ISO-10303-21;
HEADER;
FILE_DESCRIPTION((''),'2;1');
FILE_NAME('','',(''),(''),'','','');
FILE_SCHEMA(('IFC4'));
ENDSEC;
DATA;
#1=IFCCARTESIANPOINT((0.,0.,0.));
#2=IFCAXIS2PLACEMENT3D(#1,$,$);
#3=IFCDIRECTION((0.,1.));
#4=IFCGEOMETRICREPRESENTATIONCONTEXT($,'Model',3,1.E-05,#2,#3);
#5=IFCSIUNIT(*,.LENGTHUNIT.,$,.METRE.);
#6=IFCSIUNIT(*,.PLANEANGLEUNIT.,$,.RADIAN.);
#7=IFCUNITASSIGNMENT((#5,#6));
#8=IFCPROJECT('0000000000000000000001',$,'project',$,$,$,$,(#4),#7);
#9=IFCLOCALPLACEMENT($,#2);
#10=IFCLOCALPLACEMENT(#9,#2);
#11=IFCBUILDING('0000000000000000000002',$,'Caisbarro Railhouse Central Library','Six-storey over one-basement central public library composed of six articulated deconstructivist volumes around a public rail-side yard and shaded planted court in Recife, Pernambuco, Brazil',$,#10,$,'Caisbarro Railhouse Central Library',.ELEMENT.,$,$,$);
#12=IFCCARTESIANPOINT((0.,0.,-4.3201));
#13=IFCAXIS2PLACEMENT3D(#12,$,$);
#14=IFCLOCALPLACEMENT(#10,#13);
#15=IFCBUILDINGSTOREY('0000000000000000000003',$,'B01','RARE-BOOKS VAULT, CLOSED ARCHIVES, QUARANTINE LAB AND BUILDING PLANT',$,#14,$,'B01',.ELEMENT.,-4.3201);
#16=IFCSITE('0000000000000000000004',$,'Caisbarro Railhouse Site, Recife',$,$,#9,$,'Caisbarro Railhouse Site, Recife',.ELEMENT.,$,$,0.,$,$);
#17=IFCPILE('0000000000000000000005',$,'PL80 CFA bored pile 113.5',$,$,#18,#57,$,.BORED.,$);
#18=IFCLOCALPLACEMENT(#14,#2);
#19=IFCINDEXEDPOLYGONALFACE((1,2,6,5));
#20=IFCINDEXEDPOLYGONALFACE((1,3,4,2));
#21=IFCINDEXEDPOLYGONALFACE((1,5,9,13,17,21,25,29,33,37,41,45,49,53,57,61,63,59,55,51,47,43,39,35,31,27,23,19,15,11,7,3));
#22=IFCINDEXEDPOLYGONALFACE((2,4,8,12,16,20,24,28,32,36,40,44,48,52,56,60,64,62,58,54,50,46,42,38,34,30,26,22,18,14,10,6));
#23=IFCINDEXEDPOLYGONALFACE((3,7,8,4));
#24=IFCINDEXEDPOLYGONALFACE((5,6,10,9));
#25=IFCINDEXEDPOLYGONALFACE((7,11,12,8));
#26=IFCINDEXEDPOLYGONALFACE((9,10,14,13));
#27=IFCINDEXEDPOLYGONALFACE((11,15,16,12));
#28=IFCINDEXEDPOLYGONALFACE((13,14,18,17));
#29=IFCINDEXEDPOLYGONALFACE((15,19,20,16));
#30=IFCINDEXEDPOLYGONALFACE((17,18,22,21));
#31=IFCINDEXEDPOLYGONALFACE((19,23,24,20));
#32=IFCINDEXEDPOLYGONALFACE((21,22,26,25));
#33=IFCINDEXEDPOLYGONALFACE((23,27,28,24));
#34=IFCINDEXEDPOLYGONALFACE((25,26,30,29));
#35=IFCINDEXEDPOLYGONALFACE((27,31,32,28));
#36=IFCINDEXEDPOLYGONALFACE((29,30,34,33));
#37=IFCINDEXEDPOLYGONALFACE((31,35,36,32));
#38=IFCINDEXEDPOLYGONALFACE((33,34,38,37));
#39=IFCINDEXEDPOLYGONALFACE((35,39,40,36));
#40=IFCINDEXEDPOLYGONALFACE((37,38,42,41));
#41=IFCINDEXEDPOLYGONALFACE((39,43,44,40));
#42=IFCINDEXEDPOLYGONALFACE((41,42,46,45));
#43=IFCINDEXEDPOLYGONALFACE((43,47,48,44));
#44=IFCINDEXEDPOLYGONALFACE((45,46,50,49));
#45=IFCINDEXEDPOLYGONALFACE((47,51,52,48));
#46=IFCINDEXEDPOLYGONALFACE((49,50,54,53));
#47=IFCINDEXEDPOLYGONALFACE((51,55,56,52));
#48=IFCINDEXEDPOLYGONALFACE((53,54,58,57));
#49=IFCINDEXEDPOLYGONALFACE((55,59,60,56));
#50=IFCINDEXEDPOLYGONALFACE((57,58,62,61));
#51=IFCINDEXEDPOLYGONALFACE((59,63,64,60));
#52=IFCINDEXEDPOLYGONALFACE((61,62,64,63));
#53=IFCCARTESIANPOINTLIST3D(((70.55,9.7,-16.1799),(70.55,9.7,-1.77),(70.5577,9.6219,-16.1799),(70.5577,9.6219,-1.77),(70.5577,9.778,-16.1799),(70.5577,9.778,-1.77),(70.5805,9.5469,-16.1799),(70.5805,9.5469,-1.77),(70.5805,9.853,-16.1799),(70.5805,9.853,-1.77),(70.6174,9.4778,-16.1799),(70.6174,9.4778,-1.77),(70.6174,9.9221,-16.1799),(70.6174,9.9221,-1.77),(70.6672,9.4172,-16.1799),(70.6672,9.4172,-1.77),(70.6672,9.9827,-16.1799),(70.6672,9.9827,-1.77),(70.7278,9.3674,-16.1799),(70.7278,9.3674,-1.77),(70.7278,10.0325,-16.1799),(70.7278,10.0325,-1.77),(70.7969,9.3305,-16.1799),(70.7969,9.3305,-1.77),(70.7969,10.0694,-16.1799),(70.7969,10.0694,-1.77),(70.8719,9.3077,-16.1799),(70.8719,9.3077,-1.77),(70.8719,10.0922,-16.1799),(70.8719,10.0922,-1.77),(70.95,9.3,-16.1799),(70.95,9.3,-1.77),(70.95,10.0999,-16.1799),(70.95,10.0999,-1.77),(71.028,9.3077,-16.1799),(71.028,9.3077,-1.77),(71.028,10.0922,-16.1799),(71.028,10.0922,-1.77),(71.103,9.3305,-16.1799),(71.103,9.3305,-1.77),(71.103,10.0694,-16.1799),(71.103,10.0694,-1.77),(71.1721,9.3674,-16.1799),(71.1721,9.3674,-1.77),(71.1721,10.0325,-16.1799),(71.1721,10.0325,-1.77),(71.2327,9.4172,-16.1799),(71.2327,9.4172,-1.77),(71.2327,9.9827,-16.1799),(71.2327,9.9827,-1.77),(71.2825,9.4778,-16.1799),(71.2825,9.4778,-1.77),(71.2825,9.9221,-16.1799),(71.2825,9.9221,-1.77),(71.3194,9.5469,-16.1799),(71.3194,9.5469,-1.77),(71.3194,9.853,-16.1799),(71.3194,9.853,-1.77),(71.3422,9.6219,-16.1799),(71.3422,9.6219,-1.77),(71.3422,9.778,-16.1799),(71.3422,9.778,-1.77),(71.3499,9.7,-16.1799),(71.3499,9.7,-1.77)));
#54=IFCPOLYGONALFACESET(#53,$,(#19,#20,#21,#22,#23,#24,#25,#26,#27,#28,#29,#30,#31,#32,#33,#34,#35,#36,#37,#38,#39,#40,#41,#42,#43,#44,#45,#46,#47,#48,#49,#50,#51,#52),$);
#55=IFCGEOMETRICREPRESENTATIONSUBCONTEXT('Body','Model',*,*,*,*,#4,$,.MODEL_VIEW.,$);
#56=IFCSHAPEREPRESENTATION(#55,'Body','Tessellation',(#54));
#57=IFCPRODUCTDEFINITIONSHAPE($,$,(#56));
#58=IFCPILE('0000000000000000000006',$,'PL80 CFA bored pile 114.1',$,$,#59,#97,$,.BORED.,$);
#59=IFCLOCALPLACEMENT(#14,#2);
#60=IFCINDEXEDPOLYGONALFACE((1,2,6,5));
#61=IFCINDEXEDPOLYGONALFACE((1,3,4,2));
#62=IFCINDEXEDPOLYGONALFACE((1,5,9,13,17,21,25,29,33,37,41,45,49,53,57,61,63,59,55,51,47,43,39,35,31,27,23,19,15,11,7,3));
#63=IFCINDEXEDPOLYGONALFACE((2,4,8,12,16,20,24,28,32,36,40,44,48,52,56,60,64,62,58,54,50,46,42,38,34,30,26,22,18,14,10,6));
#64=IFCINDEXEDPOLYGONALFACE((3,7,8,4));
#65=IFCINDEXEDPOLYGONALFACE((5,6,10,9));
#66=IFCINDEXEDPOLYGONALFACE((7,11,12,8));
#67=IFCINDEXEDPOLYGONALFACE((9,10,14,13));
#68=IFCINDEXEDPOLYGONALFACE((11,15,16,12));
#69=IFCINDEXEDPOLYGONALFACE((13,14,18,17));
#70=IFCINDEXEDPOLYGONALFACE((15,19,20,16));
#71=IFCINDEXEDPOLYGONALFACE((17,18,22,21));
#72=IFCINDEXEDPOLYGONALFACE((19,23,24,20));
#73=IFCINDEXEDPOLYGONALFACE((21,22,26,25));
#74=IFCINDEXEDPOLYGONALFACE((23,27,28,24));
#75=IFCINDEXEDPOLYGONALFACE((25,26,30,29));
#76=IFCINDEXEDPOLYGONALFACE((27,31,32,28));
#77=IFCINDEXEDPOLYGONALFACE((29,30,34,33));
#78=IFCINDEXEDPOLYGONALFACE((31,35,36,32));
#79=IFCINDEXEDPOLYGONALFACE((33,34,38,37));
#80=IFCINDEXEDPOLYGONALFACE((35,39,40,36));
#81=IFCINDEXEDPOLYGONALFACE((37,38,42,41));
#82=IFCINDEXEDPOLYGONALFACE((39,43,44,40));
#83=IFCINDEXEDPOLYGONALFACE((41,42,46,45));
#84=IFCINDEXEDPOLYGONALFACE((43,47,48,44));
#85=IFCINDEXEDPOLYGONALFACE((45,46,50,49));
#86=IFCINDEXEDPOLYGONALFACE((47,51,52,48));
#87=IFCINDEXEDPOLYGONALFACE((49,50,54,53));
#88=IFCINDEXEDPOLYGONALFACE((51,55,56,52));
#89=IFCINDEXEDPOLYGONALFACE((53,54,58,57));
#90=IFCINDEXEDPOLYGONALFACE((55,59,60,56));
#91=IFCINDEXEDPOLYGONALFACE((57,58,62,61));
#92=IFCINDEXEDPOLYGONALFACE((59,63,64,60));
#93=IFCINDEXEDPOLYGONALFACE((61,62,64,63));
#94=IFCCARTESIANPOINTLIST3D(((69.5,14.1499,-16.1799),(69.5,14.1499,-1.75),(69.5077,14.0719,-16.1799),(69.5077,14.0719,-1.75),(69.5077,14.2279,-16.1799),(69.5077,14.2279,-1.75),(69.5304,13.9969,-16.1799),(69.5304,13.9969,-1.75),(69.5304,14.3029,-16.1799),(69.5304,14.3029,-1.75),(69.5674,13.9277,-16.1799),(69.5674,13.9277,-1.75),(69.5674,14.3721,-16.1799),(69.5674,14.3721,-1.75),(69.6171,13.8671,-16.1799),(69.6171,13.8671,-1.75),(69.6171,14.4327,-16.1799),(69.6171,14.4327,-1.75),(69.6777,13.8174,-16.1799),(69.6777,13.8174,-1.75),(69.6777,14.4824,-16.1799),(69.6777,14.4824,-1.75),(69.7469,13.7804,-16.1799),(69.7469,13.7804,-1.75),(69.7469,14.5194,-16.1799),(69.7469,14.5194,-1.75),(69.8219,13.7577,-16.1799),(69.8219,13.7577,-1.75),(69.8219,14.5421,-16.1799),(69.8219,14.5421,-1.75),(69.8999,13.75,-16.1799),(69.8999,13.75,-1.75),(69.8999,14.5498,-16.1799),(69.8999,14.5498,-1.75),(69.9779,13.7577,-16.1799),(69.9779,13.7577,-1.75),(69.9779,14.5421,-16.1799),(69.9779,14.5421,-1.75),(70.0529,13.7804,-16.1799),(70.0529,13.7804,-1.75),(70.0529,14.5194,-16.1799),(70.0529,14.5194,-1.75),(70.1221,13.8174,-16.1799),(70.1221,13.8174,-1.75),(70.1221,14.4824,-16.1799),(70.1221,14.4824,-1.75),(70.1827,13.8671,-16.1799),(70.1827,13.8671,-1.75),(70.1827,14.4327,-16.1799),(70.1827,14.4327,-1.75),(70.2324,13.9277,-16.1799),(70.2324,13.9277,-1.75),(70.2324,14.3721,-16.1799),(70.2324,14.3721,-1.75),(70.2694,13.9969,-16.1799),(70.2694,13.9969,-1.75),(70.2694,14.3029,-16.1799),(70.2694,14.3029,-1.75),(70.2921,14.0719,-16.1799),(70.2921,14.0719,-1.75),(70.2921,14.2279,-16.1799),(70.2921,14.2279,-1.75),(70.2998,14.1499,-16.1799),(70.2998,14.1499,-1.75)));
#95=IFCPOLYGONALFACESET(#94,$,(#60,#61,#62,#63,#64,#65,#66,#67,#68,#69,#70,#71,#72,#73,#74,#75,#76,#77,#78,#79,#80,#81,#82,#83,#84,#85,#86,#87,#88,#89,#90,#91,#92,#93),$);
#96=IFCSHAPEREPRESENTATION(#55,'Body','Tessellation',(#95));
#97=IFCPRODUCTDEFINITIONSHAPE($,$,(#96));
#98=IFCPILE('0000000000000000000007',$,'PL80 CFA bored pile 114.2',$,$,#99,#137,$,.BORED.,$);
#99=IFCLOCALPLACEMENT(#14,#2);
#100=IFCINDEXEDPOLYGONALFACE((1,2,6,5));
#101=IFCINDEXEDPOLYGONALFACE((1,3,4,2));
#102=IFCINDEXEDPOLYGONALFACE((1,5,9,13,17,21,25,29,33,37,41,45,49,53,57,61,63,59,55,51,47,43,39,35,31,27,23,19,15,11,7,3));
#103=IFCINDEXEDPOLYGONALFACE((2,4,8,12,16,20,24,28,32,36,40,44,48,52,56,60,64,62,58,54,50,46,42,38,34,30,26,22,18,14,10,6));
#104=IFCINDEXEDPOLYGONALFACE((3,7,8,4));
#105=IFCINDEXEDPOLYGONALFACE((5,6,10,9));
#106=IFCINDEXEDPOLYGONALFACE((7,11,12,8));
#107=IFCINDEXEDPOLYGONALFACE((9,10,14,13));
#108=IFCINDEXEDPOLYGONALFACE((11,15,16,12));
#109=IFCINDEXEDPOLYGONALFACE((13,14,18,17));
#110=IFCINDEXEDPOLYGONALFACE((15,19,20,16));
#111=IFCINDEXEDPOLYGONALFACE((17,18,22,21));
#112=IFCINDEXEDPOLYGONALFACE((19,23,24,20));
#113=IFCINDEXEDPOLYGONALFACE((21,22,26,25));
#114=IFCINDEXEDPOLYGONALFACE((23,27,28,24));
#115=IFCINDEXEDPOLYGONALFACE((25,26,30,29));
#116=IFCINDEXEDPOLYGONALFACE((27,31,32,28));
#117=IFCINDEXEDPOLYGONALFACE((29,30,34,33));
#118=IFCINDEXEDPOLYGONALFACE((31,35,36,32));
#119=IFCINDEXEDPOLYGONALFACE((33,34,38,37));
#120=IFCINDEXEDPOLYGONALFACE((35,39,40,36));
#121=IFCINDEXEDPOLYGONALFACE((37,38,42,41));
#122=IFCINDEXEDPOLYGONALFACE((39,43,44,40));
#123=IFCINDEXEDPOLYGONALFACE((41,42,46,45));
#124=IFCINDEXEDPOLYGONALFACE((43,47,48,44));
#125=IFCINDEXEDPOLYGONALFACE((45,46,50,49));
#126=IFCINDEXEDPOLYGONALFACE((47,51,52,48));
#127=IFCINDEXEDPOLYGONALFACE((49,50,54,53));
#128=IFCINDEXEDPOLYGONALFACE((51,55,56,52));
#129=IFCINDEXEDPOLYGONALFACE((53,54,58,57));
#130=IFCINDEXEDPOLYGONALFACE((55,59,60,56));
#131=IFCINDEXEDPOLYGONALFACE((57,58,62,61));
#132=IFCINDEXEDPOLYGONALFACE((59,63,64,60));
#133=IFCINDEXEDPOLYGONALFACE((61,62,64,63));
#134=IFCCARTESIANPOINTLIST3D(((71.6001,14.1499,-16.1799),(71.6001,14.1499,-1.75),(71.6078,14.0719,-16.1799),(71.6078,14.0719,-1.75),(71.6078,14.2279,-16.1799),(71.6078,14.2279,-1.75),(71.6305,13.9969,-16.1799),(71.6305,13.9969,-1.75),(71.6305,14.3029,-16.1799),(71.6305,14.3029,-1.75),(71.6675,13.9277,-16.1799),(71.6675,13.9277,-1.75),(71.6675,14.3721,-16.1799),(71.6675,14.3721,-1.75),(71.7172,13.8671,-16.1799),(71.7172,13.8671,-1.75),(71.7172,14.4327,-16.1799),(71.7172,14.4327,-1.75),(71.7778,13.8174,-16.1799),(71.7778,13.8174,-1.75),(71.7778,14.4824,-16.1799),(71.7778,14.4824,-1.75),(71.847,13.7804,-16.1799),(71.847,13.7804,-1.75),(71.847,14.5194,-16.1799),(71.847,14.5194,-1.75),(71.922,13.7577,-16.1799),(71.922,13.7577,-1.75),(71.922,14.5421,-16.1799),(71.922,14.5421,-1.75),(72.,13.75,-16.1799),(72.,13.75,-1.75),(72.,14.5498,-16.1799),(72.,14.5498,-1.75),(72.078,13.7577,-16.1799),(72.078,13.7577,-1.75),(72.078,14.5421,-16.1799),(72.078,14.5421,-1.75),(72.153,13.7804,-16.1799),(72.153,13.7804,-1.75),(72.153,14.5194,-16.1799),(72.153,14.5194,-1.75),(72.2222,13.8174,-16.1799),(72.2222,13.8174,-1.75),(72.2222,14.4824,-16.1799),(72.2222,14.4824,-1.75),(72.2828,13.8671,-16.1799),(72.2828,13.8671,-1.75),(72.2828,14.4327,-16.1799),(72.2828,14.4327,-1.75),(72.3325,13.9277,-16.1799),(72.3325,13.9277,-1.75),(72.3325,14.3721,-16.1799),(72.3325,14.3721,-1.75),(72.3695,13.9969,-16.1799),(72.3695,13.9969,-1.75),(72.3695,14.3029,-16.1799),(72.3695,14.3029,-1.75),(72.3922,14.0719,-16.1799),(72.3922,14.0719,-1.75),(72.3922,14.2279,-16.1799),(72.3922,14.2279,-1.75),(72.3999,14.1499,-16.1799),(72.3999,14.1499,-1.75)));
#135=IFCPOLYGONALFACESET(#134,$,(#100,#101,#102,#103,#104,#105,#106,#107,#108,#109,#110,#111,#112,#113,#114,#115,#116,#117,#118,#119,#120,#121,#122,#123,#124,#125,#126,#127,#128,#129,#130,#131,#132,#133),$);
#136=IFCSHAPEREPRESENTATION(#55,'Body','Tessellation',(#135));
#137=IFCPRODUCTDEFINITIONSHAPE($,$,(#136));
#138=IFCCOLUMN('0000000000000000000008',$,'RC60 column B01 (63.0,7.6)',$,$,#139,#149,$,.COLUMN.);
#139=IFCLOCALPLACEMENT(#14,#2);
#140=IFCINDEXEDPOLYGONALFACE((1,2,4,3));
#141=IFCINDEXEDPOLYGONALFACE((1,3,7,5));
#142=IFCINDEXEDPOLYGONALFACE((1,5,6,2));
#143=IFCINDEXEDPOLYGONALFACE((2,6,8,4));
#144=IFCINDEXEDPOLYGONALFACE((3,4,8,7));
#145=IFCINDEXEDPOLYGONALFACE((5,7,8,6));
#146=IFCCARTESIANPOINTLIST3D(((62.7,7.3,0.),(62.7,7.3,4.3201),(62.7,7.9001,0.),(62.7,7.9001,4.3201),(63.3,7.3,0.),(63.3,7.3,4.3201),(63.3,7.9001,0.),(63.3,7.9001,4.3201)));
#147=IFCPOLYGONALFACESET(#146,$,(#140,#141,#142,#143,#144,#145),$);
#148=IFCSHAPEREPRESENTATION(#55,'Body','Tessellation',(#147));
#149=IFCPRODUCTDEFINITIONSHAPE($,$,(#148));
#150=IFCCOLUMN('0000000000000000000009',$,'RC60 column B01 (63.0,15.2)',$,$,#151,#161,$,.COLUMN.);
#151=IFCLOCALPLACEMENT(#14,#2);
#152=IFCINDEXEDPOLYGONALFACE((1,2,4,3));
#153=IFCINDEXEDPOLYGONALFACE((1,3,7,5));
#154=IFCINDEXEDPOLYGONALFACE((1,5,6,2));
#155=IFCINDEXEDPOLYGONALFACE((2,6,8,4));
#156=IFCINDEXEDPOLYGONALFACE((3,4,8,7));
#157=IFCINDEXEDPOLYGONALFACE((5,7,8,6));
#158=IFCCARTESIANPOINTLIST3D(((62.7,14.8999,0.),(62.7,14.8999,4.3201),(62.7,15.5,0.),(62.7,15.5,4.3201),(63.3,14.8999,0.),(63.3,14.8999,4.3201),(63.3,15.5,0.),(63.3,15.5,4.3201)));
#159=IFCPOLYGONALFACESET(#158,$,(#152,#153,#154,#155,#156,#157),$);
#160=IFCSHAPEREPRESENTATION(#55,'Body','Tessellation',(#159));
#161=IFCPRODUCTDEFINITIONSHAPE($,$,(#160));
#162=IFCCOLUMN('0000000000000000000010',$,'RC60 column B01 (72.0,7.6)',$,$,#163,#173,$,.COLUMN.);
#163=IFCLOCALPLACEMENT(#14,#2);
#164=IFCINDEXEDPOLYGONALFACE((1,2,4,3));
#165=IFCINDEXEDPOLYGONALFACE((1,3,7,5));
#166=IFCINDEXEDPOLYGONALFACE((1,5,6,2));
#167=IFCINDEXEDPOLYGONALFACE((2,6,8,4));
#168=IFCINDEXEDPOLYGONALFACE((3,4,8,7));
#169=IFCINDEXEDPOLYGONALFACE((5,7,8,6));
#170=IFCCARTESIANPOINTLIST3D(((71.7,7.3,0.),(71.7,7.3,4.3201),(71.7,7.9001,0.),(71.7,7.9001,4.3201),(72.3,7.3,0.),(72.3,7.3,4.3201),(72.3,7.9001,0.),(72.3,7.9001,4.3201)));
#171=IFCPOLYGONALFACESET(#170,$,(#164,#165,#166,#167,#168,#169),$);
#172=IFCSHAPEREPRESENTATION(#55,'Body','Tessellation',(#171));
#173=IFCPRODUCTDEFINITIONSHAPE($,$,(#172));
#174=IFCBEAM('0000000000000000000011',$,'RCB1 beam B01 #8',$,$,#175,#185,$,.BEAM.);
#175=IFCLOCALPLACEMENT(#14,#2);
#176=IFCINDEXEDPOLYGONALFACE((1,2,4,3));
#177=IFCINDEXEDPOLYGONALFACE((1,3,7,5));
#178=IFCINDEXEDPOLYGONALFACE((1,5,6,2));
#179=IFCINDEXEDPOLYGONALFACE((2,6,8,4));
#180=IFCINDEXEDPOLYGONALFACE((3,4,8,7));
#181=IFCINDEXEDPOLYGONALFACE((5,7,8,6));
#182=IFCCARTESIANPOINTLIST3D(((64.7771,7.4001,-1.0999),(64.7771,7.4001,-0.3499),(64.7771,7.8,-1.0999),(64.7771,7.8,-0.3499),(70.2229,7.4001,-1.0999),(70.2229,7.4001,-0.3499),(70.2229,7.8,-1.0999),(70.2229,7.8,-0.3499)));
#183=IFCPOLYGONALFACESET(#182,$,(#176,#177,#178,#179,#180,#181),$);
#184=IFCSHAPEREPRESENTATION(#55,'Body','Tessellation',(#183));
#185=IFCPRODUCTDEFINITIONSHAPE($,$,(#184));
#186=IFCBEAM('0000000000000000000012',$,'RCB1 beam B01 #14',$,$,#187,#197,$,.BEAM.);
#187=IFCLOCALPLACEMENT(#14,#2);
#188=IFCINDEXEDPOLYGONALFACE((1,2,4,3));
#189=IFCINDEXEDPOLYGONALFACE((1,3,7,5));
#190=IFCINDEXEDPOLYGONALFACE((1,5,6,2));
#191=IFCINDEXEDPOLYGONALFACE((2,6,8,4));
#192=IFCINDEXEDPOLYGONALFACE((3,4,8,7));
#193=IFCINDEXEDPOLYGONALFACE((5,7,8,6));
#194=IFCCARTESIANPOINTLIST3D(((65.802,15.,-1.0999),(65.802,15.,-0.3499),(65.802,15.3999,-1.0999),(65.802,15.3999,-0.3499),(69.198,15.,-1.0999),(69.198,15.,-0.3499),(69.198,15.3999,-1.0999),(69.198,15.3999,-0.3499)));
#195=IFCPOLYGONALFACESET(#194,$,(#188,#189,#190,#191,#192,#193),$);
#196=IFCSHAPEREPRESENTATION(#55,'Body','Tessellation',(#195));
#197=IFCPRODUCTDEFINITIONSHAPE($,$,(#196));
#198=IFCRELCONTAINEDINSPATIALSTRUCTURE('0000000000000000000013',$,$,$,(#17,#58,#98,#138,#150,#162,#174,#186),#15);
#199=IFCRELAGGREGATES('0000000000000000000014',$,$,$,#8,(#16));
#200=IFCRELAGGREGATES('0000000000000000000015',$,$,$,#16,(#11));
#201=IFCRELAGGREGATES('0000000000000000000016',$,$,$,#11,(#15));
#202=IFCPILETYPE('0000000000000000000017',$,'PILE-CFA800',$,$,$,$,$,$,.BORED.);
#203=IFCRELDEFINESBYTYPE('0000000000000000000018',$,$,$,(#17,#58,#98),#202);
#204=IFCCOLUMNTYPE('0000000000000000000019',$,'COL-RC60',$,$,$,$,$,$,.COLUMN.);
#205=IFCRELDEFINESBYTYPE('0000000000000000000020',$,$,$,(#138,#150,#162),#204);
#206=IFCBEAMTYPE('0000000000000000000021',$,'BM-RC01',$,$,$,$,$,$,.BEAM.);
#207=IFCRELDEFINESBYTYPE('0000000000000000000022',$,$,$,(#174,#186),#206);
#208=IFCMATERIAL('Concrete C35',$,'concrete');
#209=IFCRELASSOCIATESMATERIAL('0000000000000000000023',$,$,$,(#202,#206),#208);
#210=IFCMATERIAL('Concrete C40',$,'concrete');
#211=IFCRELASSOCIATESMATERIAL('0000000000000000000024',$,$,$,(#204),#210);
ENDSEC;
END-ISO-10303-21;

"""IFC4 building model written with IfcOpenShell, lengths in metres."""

from ifc_helpers import new_model, si_unit, direction, frame, origin, origin_2d, place, context, subcontext, project, spatial, rectangle, circle, extrude, material, material_profile, profile_set, type_object, element, save


model = new_model("IFC4")

# Units and contexts
model_context = context("Model", 3, precision=1e-05, world=origin(), true_north=direction((0.0, 1.0)))
body_context = subcontext(model_context, "Body", "Model", "MODEL_VIEW")
ifc_project = project(units=[si_unit("LENGTHUNIT", "METRE"), si_unit("PLANEANGLEUNIT", "RADIAN")], contexts=[model_context])

# Site, building, storey
site_placement = place(None, origin())
site = spatial("IfcSite", under=ifc_project, at=site_placement, Name="Caisbarro Railhouse Site, Recife", LongName="Caisbarro Railhouse Site, Recife", CompositionType="ELEMENT", RefElevation=0.0)
building_placement = place(site_placement, origin())
building = spatial("IfcBuilding", under=site, at=building_placement, Name="Caisbarro Railhouse Central Library", Description="Six-storey over one-basement central public library composed of six articulated deconstructivist volumes around a public rail-side yard and shaded planted court in Recife, Pernambuco, Brazil", LongName="Caisbarro Railhouse Central Library", CompositionType="ELEMENT")
storey_placement = place(building_placement, frame((0.0, 0.0, -4.3201)))
storey = spatial("IfcBuildingStorey", under=building, at=storey_placement, Name="B01", Description="RARE-BOOKS VAULT, CLOSED ARCHIVES, QUARANTINE LAB AND BUILDING PLANT", LongName="B01", CompositionType="ELEMENT", Elevation=-4.3201)

# Shared definitions
ifc_material_1 = material(Name="Concrete C40", Category="concrete")

# Piles
ifc_material_2 = material(Name="Concrete C35", Category="concrete")
ifc_material_profile_1 = material_profile(ifc_material_2, circle(Radius=0.3999, at=origin_2d()), Name="PILE-CFA-800")
ifc_profile_set_1 = profile_set([ifc_material_profile_1], Name="Concrete C35")
pile_type = type_object("IfcPileType", Name="PILE-CFA800", PredefinedType="BORED", material=ifc_profile_set_1)
for number, where, z_axis, x_axis, name in (
    (1, (70.95, 9.7, -1.77), (0.0, 0.0, -1.0), (1.0, 0.0, 0.0), "PL80 CFA bored pile 113.5"),
):
    element("IfcPile", number, at=place(storey_placement, frame(where, z_axis=z_axis, x_axis=x_axis)), inside=storey, type_object=pile_type, Name=name, PredefinedType="BORED", context=body_context, shape_type="SweptSolid", body=[
        extrude(circle(Radius=0.3999, at=origin_2d()), origin(), (0.0, 0.0, 1.0), 14.4099),
    ])
for number, where, z_axis, x_axis, name in (
    (2, (69.8999, 14.1499, -1.75), (0.0, 0.0, -1.0), (1.0, 0.0, 0.0), "PL80 CFA bored pile 114.1"),
    (3, (72.0, 14.1499, -1.75), (0.0, 0.0, -1.0), (1.0, 0.0, 0.0), "PL80 CFA bored pile 114.2"),
):
    element("IfcPile", number, at=place(storey_placement, frame(where, z_axis=z_axis, x_axis=x_axis)), inside=storey, type_object=pile_type, Name=name, PredefinedType="BORED", context=body_context, shape_type="SweptSolid", body=[
        extrude(circle(Radius=0.3999, at=origin_2d()), origin(), (0.0, 0.0, 1.0), 14.4299),
    ])

# Columns
ifc_material_profile_2 = material_profile(ifc_material_1, rectangle(XDim=0.6001, YDim=0.6001, at=origin_2d()), Name="RC-COL-600X600")
ifc_profile_set_2 = profile_set([ifc_material_profile_2], Name="Concrete C40")
column_type = type_object("IfcColumnType", Name="COL-RC60", PredefinedType="COLUMN", material=ifc_profile_set_2)
for number, where, z_axis, x_axis, name in (
    (4, (63.0, 7.6001, 0.0), (0.0, 0.0, 1.0), (1.0, 0.0, 0.0), "RC60 column B01 (63.0,7.6)"),
    (5, (63.0, 15.2, 0.0), (0.0, 0.0, 1.0), (1.0, 0.0, 0.0), "RC60 column B01 (63.0,15.2)"),
    (6, (72.0, 7.6001, 0.0), (0.0, 0.0, 1.0), (1.0, 0.0, 0.0), "RC60 column B01 (72.0,7.6)"),
):
    element("IfcColumn", number, at=place(storey_placement, frame(where, z_axis=z_axis, x_axis=x_axis)), inside=storey, type_object=column_type, Name=name, PredefinedType="COLUMN", context=body_context, shape_type="SweptSolid", body=[
        extrude(rectangle(XDim=0.6001, YDim=0.6001, at=origin_2d()), origin(), (0.0, 0.0, 1.0), 4.3201),
    ])

# Beams
ifc_material_profile_3 = material_profile(ifc_material_2, rectangle(XDim=0.3999, YDim=0.75, at=origin_2d()), Name="RC-BM-400X750")
ifc_profile_set_3 = profile_set([ifc_material_profile_3], Name="Concrete C35")
beam_type_1 = type_object("IfcBeamType", Name="BM-RC01", PredefinedType="BEAM", material=ifc_profile_set_3)
beam_1_placement = place(storey_placement, frame((64.7771, 7.6001, -0.7249), z_axis=(1.0, 0.0, 0.0), x_axis=(0.0, 1.0, 0.0)))
element("IfcBeam", 7, at=beam_1_placement, inside=storey, type_object=beam_type_1, Name="RCB1 beam B01 #8", PredefinedType="BEAM", context=body_context, shape_type="SweptSolid", body=[
    extrude(rectangle(XDim=0.3999, YDim=0.75, at=origin_2d()), origin(), (0.0, 0.0, 1.0), 5.4458),
])
beam_2_placement = place(storey_placement, frame((65.802, 15.2, -0.7249), z_axis=(1.0, 0.0, 0.0), x_axis=(0.0, 1.0, 0.0)))
element("IfcBeam", 8, at=beam_2_placement, inside=storey, type_object=beam_type_1, Name="RCB1 beam B01 #14", PredefinedType="BEAM", context=body_context, shape_type="SweptSolid", body=[
    extrude(rectangle(XDim=0.3999, YDim=0.75, at=origin_2d()), origin(), (0.0, 0.0, 1.0), 3.396),
])

save(model, "model.ifc")
